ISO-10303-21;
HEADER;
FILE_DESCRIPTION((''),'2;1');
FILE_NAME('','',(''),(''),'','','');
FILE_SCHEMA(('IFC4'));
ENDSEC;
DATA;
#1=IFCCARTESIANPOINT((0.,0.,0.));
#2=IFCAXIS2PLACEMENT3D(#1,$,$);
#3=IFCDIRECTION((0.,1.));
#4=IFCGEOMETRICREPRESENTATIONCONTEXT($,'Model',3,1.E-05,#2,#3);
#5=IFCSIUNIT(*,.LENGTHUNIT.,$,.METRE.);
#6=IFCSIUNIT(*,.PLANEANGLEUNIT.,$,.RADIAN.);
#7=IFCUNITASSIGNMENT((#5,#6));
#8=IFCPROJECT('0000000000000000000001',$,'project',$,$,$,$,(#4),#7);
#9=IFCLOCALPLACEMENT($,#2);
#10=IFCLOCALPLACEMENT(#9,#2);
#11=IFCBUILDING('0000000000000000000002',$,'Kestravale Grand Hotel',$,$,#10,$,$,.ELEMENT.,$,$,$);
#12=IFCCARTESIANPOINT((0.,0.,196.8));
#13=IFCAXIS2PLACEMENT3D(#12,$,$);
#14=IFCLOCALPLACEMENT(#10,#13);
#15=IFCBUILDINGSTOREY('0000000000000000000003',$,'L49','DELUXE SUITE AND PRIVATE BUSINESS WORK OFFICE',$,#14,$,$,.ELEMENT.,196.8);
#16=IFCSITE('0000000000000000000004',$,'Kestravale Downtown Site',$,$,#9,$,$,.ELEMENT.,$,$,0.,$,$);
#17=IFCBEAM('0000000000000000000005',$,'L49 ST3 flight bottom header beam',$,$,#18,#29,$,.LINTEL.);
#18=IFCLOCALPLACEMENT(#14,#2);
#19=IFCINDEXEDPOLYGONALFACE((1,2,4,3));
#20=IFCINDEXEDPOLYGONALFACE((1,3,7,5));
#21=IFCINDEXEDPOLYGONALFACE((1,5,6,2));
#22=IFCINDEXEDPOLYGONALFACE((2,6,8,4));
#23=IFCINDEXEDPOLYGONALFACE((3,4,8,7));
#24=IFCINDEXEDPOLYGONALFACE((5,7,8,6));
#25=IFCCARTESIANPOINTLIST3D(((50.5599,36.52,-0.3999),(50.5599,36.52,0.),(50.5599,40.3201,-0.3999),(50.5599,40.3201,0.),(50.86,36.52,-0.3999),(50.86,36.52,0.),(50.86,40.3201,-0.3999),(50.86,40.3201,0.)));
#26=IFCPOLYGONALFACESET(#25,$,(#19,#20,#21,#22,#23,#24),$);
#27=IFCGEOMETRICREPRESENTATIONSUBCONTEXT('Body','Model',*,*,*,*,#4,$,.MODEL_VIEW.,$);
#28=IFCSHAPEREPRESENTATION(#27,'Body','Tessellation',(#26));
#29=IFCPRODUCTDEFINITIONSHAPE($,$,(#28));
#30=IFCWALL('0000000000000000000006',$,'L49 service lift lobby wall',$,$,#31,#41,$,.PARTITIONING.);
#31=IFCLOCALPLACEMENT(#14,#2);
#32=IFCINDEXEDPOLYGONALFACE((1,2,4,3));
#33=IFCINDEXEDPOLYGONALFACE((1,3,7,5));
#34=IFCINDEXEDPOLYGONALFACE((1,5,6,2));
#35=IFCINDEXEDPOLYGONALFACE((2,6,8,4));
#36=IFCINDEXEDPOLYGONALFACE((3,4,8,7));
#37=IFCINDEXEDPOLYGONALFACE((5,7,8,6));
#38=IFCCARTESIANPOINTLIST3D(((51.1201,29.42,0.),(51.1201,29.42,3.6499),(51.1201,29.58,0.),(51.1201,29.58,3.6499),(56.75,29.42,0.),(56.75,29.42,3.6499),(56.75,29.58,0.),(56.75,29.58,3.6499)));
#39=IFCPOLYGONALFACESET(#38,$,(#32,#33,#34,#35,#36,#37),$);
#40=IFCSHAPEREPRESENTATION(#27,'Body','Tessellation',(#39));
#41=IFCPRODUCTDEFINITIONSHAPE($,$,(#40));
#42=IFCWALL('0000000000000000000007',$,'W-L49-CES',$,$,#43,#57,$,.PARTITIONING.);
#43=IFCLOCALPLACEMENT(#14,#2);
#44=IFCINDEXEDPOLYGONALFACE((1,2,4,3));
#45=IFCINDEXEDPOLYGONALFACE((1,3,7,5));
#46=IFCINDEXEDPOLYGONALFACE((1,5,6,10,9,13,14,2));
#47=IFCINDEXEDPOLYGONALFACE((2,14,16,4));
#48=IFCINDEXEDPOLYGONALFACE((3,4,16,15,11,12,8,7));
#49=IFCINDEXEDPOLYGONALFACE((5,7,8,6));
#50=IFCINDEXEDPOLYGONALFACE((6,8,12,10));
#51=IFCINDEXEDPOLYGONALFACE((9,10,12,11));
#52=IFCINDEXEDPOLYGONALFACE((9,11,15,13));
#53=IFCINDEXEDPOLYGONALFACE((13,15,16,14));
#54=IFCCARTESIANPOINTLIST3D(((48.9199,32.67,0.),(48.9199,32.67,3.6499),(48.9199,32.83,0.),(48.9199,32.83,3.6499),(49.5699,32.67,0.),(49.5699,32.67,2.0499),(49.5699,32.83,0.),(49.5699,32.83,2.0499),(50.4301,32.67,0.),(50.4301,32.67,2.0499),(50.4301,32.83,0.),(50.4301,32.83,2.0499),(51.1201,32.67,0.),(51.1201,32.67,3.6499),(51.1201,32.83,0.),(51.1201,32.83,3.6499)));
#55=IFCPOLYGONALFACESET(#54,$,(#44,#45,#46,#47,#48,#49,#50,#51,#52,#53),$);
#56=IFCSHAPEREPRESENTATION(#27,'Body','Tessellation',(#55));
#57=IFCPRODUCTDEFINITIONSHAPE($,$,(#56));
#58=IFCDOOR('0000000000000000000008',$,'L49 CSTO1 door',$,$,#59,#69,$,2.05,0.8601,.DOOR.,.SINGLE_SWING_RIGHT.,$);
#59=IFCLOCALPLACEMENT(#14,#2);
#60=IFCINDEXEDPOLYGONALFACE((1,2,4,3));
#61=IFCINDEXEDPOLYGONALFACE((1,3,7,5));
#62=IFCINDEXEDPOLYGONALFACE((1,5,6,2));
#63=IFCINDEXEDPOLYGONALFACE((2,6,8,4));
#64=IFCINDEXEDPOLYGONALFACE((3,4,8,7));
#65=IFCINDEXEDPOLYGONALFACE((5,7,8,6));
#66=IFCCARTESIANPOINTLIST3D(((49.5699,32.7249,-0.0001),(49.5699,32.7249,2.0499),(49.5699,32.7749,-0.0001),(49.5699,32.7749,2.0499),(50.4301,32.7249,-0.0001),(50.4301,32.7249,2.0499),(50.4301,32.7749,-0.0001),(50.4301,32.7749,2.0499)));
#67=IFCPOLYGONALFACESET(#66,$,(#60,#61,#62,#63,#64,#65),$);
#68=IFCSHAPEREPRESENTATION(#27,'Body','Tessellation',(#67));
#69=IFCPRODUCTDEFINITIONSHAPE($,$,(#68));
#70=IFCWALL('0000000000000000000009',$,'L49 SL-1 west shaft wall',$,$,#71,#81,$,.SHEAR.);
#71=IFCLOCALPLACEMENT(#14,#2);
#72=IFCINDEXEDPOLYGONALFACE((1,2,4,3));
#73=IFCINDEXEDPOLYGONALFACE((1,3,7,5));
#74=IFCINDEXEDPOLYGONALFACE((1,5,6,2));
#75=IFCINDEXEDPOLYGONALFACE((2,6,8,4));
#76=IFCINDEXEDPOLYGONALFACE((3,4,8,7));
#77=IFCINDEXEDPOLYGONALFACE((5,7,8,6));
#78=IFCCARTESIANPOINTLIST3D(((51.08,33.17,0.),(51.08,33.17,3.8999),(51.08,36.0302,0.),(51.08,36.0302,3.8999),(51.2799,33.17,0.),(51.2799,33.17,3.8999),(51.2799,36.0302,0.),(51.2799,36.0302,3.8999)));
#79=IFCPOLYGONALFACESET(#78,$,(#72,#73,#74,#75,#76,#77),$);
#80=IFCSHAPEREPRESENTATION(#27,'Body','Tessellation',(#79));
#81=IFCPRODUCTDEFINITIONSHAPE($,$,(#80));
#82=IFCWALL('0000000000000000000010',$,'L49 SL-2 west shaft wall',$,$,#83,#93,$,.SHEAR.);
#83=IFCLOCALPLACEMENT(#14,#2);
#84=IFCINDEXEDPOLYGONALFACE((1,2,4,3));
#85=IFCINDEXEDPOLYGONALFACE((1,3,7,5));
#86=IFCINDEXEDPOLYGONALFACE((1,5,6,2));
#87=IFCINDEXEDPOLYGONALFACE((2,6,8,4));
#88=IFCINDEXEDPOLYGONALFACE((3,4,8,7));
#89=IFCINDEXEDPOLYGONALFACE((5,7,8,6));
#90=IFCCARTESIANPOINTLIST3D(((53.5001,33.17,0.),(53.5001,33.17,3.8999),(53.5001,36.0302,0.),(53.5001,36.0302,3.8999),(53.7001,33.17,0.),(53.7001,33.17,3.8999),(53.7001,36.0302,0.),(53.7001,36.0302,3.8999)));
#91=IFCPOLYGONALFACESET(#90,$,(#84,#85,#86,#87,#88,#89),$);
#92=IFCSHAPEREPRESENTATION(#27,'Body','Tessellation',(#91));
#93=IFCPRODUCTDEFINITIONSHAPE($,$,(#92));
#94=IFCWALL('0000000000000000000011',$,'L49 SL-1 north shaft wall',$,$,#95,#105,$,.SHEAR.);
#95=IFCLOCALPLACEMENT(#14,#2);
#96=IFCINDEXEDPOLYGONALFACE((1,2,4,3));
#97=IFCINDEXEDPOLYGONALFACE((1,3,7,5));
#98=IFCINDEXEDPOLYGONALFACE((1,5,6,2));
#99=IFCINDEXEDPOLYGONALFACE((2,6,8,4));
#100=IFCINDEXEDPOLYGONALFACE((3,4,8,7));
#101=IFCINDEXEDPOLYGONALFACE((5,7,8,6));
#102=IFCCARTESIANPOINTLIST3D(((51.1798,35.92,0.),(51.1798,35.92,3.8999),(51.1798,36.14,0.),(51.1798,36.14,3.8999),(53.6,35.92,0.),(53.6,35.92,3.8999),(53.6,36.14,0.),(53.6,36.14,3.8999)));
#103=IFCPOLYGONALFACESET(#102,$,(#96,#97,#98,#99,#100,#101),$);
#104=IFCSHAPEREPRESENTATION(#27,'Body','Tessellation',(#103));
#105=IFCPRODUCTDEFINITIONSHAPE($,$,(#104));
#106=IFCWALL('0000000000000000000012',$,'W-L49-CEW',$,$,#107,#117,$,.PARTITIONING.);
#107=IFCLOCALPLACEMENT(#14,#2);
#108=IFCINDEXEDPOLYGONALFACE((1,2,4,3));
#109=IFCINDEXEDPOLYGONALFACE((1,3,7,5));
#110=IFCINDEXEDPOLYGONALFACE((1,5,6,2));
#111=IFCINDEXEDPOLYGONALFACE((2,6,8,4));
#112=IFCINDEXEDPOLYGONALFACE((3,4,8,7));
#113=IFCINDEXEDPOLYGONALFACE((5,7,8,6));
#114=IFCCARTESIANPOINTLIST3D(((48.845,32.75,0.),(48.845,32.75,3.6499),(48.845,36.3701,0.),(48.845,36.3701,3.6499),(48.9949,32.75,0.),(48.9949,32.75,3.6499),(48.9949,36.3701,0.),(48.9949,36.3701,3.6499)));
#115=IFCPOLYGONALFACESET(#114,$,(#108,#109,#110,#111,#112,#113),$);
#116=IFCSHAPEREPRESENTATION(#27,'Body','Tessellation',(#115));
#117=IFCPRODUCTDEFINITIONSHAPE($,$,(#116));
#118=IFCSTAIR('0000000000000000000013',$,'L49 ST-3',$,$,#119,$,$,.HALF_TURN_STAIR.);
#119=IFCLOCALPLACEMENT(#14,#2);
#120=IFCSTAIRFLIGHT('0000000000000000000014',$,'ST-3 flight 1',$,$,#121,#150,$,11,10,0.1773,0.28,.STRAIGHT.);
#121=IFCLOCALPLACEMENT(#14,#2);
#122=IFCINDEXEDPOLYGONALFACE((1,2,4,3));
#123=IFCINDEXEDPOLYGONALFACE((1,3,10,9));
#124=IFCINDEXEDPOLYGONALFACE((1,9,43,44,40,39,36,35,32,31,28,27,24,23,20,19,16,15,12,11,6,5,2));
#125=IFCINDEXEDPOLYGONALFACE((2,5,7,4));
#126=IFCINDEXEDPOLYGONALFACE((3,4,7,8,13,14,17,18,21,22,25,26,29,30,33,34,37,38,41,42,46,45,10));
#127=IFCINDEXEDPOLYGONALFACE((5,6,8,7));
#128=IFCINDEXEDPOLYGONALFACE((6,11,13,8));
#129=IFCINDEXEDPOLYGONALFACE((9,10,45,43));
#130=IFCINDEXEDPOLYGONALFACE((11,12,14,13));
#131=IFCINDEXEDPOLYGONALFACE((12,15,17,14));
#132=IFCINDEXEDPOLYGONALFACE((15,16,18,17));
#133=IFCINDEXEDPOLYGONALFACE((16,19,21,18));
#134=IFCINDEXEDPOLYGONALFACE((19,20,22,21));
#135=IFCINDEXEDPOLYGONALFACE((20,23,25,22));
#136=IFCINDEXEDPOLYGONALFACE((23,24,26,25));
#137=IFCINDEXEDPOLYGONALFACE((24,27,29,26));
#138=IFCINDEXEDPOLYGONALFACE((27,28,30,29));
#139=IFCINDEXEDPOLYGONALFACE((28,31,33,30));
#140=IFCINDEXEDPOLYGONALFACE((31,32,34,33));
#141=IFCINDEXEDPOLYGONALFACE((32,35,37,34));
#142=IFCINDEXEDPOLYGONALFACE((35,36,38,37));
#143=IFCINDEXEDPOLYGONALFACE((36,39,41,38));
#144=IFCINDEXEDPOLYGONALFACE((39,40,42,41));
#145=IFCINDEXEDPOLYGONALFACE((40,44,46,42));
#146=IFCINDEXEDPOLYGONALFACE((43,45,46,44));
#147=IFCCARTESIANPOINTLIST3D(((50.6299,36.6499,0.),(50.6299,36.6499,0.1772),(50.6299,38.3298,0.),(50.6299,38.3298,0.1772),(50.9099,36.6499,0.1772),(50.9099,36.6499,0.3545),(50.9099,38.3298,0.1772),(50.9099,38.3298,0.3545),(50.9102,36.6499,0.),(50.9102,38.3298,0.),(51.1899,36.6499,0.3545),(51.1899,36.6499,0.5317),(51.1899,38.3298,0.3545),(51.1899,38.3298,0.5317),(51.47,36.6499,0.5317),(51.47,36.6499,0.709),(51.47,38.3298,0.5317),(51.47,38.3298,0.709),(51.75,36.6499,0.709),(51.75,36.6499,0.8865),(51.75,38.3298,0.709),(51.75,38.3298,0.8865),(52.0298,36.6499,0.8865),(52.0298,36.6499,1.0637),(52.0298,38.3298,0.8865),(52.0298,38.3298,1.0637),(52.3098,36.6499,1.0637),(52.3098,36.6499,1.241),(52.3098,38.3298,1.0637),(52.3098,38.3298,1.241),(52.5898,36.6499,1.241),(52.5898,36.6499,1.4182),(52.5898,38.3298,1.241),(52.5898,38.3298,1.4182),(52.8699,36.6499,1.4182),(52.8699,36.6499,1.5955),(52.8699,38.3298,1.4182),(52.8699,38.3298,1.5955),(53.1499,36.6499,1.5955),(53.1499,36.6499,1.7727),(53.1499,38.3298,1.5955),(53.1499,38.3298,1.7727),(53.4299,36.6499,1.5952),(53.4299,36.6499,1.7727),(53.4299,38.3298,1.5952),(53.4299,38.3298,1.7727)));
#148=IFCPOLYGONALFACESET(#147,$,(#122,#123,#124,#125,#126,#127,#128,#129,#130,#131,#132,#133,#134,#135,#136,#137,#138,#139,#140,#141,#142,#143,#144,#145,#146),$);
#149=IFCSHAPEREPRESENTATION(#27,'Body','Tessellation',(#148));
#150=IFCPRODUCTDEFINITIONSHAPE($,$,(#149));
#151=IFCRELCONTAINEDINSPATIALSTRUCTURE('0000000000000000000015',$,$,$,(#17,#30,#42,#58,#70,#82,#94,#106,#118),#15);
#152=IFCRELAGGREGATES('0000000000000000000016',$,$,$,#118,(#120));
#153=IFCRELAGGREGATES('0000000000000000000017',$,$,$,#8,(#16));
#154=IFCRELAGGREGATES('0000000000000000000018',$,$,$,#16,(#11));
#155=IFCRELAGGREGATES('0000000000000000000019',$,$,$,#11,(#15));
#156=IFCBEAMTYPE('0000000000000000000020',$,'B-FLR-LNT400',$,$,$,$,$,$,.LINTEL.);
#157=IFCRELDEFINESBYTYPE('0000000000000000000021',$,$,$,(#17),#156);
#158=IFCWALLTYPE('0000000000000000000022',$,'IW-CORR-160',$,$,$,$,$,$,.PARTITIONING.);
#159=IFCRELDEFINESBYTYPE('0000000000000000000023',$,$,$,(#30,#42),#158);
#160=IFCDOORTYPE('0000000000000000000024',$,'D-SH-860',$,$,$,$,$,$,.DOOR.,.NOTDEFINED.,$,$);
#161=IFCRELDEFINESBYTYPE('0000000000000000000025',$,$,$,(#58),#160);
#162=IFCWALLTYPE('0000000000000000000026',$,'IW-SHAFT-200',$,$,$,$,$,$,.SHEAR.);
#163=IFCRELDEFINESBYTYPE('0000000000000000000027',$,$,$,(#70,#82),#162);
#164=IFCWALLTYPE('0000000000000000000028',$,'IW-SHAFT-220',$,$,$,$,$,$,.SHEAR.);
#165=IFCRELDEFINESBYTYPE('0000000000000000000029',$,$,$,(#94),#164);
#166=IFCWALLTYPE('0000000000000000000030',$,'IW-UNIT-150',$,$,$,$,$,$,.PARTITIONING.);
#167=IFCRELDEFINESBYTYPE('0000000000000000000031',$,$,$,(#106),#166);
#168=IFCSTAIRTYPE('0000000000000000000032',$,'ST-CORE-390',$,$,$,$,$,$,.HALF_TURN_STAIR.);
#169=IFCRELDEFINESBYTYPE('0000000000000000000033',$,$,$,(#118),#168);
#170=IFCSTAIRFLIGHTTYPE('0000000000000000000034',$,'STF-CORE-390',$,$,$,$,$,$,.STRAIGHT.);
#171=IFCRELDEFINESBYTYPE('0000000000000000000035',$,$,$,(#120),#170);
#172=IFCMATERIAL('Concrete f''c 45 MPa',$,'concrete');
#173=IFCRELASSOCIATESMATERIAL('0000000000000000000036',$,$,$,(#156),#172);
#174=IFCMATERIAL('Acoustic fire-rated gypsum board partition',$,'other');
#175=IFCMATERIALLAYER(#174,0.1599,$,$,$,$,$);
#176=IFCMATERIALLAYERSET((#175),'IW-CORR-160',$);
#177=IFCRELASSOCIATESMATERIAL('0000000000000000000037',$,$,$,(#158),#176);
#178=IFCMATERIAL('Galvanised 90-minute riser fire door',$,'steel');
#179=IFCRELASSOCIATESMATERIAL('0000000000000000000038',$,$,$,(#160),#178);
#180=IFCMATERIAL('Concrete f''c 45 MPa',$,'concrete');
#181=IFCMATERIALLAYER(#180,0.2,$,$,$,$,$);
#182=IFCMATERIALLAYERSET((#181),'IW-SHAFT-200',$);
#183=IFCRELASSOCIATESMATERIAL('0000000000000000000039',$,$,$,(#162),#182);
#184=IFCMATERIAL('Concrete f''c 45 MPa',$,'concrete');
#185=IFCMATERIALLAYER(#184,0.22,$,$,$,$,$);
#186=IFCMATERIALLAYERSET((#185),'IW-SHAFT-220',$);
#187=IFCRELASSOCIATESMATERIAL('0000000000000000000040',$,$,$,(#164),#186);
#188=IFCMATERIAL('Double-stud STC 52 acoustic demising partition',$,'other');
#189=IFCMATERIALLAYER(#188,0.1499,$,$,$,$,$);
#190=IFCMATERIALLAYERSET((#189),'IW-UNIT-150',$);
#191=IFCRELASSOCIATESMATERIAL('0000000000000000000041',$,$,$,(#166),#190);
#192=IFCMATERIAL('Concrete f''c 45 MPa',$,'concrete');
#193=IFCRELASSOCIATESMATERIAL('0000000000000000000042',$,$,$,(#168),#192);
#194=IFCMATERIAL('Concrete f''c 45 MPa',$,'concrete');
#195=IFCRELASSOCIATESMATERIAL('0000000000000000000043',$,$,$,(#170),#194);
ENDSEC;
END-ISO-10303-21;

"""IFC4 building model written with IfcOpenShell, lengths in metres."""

from ifc_helpers import new_model, si_unit, direction, frame, frame_2d, origin, origin_2d, place, context, subcontext, project, spatial, polyline, rectangle, outline, extrude, material, layer, layer_set, material_profile, profile_set, type_object, element, fill, aggregate, save


model = new_model("IFC4")

# Units and contexts
model_context = context("Model", 3, precision=1e-05, world=origin(), true_north=direction((0.0, 1.0)))
body_context = subcontext(model_context, "Body", "Model", "MODEL_VIEW")
ifc_project = project(units=[si_unit("LENGTHUNIT", "METRE"), si_unit("PLANEANGLEUNIT", "RADIAN")], contexts=[model_context])

# Site, building, storey
site_placement = place(None, origin())
site = spatial("IfcSite", under=ifc_project, at=site_placement, Name="Kestravale Downtown Site", CompositionType="ELEMENT", RefElevation=0.0)
building_placement = place(site_placement, origin())
building = spatial("IfcBuilding", under=site, at=building_placement, Name="Kestravale Grand Hotel", CompositionType="ELEMENT")
storey_placement = place(building_placement, frame((0.0, 0.0, 196.8)))
storey = spatial("IfcBuildingStorey", under=building, at=storey_placement, Name="L49", Description="DELUXE SUITE AND PRIVATE BUSINESS WORK OFFICE", CompositionType="ELEMENT", Elevation=196.8)

# Beam
ifc_material_1 = material(Name="Concrete f'c 45 MPa", Category="concrete")
ifc_material_profile = material_profile(ifc_material_1, rectangle(XDim=0.3, YDim=0.3999, at=origin_2d()))
ifc_profile_set = profile_set([ifc_material_profile], Name="Concrete f'c 45 MPa")
beam_type = type_object("IfcBeamType", Name="B-FLR-LNT400", PredefinedType="LINTEL", material=ifc_profile_set)
beam_placement = place(storey_placement, frame((50.71, 36.52, -0.2), z_axis=(0.0, 1.0, 0.0), x_axis=(-1.0, 0.0, 0.0)))
element("IfcBeam", 1, at=beam_placement, inside=storey, type_object=beam_type, Name="L49 ST3 flight bottom header beam", PredefinedType="LINTEL", context=body_context, shape_type="SweptSolid", body=[
    extrude(rectangle(XDim=0.3, YDim=0.3999, at=origin_2d()), origin(), (0.0, 0.0, 1.0), 3.8),
])

# Shared definitions
ifc_material_2 = material(Name="Acoustic fire-rated gypsum board partition", Category="other")
ifc_layer_1 = layer(ifc_material_2, 0.1599)
ifc_layer_set_1 = layer_set([ifc_layer_1], Name="IW-CORR-160")
wall_type_1 = type_object("IfcWallType", Name="IW-CORR-160", PredefinedType="PARTITIONING", material=ifc_layer_set_1)

# Wall
wall_1_placement = place(storey_placement, frame((51.1201, 29.5, 0.0), z_axis=(0.0, 0.0, 1.0), x_axis=(1.0, 0.0, 0.0)))
element("IfcWall", 2, at=wall_1_placement, inside=storey, type_object=wall_type_1, Name="L49 service lift lobby wall", PredefinedType="PARTITIONING", context=body_context, shape_type="SweptSolid", body=[
    extrude(rectangle(XDim=5.6299, YDim=0.1599, at=frame_2d((2.8149, 0.0))), origin(), (0.0, 0.0, 1.0), 3.6499),
])

# Wall, opening, door
wall_2_placement = place(storey_placement, frame((48.9199, 32.75, 0.0), z_axis=(0.0, 0.0, 1.0), x_axis=(1.0, 0.0, 0.0)))
wall_2 = element("IfcWall", 3, at=wall_2_placement, inside=storey, type_object=wall_type_1, Name="W-L49-CES", PredefinedType="PARTITIONING", context=body_context, shape_type="SweptSolid", body=[
    extrude(rectangle(XDim=2.2002, YDim=0.1599, at=frame_2d((1.1001, 0.0))), origin(), (0.0, 0.0, 1.0), 3.6499),
])
opening_1_placement = place(wall_2_placement, frame((0.6499, 0.0, 0.0)))
opening_1 = element("IfcOpeningElement", 4, at=opening_1_placement, cuts=wall_2, PredefinedType="OPENING", context=body_context, shape_type="SweptSolid", body=[
    extrude(rectangle(XDim=0.8601, YDim=2.05, at=frame_2d((0.4302, 1.0249))), frame((0.0, 0.0898, 0.0), z_axis=(0.0, -1.0, 0.0), x_axis=(1.0, 0.0, 0.0)), (0.0, 0.0, 1.0), 0.1799),
])
ifc_material_3 = material(Name="Galvanised 90-minute riser fire door", Category="steel")
door_type_1 = type_object("IfcDoorType", Name="D-SH-860", OperationType="NOTDEFINED", PredefinedType="DOOR", material=ifc_material_3)
door_1_placement = place(opening_1_placement, origin())
door_1 = element("IfcDoor", 5, at=door_1_placement, inside=storey, type_object=door_type_1, Name="L49 CSTO1 door", OperationType="SINGLE_SWING_RIGHT", OverallHeight=2.05, OverallWidth=0.8601, PredefinedType="DOOR", context=body_context, shape_type="SweptSolid", body=[
    extrude(rectangle(XDim=0.8601, YDim=2.05, at=frame_2d((0.4302, 1.0249))), frame((0.0, 0.0249, 0.0), z_axis=(0.0, -1.0, 0.0), x_axis=(1.0, 0.0, 0.0)), (0.0, 0.0, 1.0), 0.05),
])
fill(opening_1, door_1)

# Walls
ifc_material_4 = material(Name="Concrete f'c 45 MPa", Category="concrete")
ifc_layer_2 = layer(ifc_material_4, 0.2)
ifc_layer_set_2 = layer_set([ifc_layer_2], Name="IW-SHAFT-200")
wall_type_2 = type_object("IfcWallType", Name="IW-SHAFT-200", PredefinedType="SHEAR", material=ifc_layer_set_2)
for number, where, z_axis, x_axis, name in (
    (6, (51.1799, 33.1699, 0.0), (0.0, 0.0, 1.0), (0.0, 1.0, 0.0), "L49 SL-1 west shaft wall"),
    (7, (53.6001, 33.1699, 0.0), (0.0, 0.0, 1.0), (0.0, 1.0, 0.0), "L49 SL-2 west shaft wall"),
):
    element("IfcWall", number, at=place(storey_placement, frame(where, z_axis=z_axis, x_axis=x_axis)), inside=storey, type_object=wall_type_2, Name=name, PredefinedType="SHEAR", context=body_context, shape_type="SweptSolid", body=[
        extrude(rectangle(XDim=2.8601, YDim=0.2, at=frame_2d((1.4302, 0.0))), origin(), (0.0, 0.0, 1.0), 3.8999),
    ])

# Shared definitions
ifc_material_5 = material(Name="Concrete f'c 45 MPa", Category="concrete")
ifc_layer_3 = layer(ifc_material_5, 0.22)
ifc_layer_set_3 = layer_set([ifc_layer_3], Name="IW-SHAFT-220")
wall_type_3 = type_object("IfcWallType", Name="IW-SHAFT-220", PredefinedType="SHEAR", material=ifc_layer_set_3)

# Wall
wall_3_placement = place(storey_placement, frame((51.1799, 36.03, 0.0), z_axis=(0.0, 0.0, 1.0), x_axis=(1.0, 0.0, 0.0)))
element("IfcWall", 8, at=wall_3_placement, inside=storey, type_object=wall_type_3, Name="L49 SL-1 north shaft wall", PredefinedType="SHEAR", context=body_context, shape_type="SweptSolid", body=[
    extrude(rectangle(XDim=2.4202, YDim=0.22, at=frame_2d((1.21, 0.0))), origin(), (0.0, 0.0, 1.0), 3.8999),
])

# Wall
ifc_material_6 = material(Name="Double-stud STC 52 acoustic demising partition", Category="other")
ifc_layer_4 = layer(ifc_material_6, 0.1499)
ifc_layer_set_4 = layer_set([ifc_layer_4], Name="IW-UNIT-150")
wall_type_4 = type_object("IfcWallType", Name="IW-UNIT-150", PredefinedType="PARTITIONING", material=ifc_layer_set_4)
wall_4_placement = place(storey_placement, frame((48.9199, 32.75, 0.0), z_axis=(0.0, 0.0, 1.0), x_axis=(0.0, 1.0, 0.0)))
element("IfcWall", 9, at=wall_4_placement, inside=storey, type_object=wall_type_4, Name="W-L49-CEW", PredefinedType="PARTITIONING", context=body_context, shape_type="SweptSolid", body=[
    extrude(rectangle(XDim=3.6201, YDim=0.1499, at=frame_2d((1.8101, 0.0))), origin(), (0.0, 0.0, 1.0), 3.6499),
])

# Stair, stair flight
ifc_material_7 = material(Name="Concrete f'c 45 MPa", Category="concrete")
stair_type = type_object("IfcStairType", Name="ST-CORE-390", PredefinedType="HALF_TURN_STAIR", material=ifc_material_7)
stair_placement = place(storey_placement, origin())
stair = element("IfcStair", 10, at=stair_placement, inside=storey, type_object=stair_type, Name="L49 ST-3", PredefinedType="HALF_TURN_STAIR")
ifc_material_8 = material(Name="Concrete f'c 45 MPa", Category="concrete")
stair_flight_type = type_object("IfcStairFlightType", Name="STF-CORE-390", PredefinedType="STRAIGHT", material=ifc_material_8)
stair_flight_1_placement = place(storey_placement, frame((50.6299, 37.49, 0.0), z_axis=(0.0, 0.0, 1.0), x_axis=(1.0, 0.0, 0.0)))
stair_flight_1 = element("IfcStairFlight", 11, at=stair_flight_1_placement, type_object=stair_flight_type, Name="ST-3 flight 1", NumberOfRisers=11, NumberOfTreads=10, PredefinedType="STRAIGHT", RiserHeight=0.1773, TreadLength=0.28, context=body_context, shape_type="SweptSolid", body=[
    extrude(outline(polyline([(0.0, 0.0), (0.0, 0.1772), (0.28, 0.1772), (0.28, 0.3545), (0.5601, 0.3545), (0.5601, 0.5317), (0.8401, 0.5317), (0.8401, 0.709), (1.1201, 0.709), (1.1201, 0.8865), (1.3999, 0.8865), (1.3999, 1.0637), (1.6799, 1.0637), (1.6799, 1.241), (1.96, 1.241), (1.96, 1.4182), (2.24, 1.4182), (2.24, 1.5955), (2.52, 1.5955), (2.52, 1.7727), (2.8, 1.7727), (2.8, 1.95), (2.8, 1.5952), (0.2803, 0.0), (0.0, 0.0)])), frame((0.0, 0.8398, 0.0), z_axis=(0.0, -1.0, 0.0), x_axis=(1.0, 0.0, 0.0)), (0.0, 0.0, 1.0), 1.6799),
])
aggregate(stair, [stair_flight_1])

save(model, "model.ifc")
